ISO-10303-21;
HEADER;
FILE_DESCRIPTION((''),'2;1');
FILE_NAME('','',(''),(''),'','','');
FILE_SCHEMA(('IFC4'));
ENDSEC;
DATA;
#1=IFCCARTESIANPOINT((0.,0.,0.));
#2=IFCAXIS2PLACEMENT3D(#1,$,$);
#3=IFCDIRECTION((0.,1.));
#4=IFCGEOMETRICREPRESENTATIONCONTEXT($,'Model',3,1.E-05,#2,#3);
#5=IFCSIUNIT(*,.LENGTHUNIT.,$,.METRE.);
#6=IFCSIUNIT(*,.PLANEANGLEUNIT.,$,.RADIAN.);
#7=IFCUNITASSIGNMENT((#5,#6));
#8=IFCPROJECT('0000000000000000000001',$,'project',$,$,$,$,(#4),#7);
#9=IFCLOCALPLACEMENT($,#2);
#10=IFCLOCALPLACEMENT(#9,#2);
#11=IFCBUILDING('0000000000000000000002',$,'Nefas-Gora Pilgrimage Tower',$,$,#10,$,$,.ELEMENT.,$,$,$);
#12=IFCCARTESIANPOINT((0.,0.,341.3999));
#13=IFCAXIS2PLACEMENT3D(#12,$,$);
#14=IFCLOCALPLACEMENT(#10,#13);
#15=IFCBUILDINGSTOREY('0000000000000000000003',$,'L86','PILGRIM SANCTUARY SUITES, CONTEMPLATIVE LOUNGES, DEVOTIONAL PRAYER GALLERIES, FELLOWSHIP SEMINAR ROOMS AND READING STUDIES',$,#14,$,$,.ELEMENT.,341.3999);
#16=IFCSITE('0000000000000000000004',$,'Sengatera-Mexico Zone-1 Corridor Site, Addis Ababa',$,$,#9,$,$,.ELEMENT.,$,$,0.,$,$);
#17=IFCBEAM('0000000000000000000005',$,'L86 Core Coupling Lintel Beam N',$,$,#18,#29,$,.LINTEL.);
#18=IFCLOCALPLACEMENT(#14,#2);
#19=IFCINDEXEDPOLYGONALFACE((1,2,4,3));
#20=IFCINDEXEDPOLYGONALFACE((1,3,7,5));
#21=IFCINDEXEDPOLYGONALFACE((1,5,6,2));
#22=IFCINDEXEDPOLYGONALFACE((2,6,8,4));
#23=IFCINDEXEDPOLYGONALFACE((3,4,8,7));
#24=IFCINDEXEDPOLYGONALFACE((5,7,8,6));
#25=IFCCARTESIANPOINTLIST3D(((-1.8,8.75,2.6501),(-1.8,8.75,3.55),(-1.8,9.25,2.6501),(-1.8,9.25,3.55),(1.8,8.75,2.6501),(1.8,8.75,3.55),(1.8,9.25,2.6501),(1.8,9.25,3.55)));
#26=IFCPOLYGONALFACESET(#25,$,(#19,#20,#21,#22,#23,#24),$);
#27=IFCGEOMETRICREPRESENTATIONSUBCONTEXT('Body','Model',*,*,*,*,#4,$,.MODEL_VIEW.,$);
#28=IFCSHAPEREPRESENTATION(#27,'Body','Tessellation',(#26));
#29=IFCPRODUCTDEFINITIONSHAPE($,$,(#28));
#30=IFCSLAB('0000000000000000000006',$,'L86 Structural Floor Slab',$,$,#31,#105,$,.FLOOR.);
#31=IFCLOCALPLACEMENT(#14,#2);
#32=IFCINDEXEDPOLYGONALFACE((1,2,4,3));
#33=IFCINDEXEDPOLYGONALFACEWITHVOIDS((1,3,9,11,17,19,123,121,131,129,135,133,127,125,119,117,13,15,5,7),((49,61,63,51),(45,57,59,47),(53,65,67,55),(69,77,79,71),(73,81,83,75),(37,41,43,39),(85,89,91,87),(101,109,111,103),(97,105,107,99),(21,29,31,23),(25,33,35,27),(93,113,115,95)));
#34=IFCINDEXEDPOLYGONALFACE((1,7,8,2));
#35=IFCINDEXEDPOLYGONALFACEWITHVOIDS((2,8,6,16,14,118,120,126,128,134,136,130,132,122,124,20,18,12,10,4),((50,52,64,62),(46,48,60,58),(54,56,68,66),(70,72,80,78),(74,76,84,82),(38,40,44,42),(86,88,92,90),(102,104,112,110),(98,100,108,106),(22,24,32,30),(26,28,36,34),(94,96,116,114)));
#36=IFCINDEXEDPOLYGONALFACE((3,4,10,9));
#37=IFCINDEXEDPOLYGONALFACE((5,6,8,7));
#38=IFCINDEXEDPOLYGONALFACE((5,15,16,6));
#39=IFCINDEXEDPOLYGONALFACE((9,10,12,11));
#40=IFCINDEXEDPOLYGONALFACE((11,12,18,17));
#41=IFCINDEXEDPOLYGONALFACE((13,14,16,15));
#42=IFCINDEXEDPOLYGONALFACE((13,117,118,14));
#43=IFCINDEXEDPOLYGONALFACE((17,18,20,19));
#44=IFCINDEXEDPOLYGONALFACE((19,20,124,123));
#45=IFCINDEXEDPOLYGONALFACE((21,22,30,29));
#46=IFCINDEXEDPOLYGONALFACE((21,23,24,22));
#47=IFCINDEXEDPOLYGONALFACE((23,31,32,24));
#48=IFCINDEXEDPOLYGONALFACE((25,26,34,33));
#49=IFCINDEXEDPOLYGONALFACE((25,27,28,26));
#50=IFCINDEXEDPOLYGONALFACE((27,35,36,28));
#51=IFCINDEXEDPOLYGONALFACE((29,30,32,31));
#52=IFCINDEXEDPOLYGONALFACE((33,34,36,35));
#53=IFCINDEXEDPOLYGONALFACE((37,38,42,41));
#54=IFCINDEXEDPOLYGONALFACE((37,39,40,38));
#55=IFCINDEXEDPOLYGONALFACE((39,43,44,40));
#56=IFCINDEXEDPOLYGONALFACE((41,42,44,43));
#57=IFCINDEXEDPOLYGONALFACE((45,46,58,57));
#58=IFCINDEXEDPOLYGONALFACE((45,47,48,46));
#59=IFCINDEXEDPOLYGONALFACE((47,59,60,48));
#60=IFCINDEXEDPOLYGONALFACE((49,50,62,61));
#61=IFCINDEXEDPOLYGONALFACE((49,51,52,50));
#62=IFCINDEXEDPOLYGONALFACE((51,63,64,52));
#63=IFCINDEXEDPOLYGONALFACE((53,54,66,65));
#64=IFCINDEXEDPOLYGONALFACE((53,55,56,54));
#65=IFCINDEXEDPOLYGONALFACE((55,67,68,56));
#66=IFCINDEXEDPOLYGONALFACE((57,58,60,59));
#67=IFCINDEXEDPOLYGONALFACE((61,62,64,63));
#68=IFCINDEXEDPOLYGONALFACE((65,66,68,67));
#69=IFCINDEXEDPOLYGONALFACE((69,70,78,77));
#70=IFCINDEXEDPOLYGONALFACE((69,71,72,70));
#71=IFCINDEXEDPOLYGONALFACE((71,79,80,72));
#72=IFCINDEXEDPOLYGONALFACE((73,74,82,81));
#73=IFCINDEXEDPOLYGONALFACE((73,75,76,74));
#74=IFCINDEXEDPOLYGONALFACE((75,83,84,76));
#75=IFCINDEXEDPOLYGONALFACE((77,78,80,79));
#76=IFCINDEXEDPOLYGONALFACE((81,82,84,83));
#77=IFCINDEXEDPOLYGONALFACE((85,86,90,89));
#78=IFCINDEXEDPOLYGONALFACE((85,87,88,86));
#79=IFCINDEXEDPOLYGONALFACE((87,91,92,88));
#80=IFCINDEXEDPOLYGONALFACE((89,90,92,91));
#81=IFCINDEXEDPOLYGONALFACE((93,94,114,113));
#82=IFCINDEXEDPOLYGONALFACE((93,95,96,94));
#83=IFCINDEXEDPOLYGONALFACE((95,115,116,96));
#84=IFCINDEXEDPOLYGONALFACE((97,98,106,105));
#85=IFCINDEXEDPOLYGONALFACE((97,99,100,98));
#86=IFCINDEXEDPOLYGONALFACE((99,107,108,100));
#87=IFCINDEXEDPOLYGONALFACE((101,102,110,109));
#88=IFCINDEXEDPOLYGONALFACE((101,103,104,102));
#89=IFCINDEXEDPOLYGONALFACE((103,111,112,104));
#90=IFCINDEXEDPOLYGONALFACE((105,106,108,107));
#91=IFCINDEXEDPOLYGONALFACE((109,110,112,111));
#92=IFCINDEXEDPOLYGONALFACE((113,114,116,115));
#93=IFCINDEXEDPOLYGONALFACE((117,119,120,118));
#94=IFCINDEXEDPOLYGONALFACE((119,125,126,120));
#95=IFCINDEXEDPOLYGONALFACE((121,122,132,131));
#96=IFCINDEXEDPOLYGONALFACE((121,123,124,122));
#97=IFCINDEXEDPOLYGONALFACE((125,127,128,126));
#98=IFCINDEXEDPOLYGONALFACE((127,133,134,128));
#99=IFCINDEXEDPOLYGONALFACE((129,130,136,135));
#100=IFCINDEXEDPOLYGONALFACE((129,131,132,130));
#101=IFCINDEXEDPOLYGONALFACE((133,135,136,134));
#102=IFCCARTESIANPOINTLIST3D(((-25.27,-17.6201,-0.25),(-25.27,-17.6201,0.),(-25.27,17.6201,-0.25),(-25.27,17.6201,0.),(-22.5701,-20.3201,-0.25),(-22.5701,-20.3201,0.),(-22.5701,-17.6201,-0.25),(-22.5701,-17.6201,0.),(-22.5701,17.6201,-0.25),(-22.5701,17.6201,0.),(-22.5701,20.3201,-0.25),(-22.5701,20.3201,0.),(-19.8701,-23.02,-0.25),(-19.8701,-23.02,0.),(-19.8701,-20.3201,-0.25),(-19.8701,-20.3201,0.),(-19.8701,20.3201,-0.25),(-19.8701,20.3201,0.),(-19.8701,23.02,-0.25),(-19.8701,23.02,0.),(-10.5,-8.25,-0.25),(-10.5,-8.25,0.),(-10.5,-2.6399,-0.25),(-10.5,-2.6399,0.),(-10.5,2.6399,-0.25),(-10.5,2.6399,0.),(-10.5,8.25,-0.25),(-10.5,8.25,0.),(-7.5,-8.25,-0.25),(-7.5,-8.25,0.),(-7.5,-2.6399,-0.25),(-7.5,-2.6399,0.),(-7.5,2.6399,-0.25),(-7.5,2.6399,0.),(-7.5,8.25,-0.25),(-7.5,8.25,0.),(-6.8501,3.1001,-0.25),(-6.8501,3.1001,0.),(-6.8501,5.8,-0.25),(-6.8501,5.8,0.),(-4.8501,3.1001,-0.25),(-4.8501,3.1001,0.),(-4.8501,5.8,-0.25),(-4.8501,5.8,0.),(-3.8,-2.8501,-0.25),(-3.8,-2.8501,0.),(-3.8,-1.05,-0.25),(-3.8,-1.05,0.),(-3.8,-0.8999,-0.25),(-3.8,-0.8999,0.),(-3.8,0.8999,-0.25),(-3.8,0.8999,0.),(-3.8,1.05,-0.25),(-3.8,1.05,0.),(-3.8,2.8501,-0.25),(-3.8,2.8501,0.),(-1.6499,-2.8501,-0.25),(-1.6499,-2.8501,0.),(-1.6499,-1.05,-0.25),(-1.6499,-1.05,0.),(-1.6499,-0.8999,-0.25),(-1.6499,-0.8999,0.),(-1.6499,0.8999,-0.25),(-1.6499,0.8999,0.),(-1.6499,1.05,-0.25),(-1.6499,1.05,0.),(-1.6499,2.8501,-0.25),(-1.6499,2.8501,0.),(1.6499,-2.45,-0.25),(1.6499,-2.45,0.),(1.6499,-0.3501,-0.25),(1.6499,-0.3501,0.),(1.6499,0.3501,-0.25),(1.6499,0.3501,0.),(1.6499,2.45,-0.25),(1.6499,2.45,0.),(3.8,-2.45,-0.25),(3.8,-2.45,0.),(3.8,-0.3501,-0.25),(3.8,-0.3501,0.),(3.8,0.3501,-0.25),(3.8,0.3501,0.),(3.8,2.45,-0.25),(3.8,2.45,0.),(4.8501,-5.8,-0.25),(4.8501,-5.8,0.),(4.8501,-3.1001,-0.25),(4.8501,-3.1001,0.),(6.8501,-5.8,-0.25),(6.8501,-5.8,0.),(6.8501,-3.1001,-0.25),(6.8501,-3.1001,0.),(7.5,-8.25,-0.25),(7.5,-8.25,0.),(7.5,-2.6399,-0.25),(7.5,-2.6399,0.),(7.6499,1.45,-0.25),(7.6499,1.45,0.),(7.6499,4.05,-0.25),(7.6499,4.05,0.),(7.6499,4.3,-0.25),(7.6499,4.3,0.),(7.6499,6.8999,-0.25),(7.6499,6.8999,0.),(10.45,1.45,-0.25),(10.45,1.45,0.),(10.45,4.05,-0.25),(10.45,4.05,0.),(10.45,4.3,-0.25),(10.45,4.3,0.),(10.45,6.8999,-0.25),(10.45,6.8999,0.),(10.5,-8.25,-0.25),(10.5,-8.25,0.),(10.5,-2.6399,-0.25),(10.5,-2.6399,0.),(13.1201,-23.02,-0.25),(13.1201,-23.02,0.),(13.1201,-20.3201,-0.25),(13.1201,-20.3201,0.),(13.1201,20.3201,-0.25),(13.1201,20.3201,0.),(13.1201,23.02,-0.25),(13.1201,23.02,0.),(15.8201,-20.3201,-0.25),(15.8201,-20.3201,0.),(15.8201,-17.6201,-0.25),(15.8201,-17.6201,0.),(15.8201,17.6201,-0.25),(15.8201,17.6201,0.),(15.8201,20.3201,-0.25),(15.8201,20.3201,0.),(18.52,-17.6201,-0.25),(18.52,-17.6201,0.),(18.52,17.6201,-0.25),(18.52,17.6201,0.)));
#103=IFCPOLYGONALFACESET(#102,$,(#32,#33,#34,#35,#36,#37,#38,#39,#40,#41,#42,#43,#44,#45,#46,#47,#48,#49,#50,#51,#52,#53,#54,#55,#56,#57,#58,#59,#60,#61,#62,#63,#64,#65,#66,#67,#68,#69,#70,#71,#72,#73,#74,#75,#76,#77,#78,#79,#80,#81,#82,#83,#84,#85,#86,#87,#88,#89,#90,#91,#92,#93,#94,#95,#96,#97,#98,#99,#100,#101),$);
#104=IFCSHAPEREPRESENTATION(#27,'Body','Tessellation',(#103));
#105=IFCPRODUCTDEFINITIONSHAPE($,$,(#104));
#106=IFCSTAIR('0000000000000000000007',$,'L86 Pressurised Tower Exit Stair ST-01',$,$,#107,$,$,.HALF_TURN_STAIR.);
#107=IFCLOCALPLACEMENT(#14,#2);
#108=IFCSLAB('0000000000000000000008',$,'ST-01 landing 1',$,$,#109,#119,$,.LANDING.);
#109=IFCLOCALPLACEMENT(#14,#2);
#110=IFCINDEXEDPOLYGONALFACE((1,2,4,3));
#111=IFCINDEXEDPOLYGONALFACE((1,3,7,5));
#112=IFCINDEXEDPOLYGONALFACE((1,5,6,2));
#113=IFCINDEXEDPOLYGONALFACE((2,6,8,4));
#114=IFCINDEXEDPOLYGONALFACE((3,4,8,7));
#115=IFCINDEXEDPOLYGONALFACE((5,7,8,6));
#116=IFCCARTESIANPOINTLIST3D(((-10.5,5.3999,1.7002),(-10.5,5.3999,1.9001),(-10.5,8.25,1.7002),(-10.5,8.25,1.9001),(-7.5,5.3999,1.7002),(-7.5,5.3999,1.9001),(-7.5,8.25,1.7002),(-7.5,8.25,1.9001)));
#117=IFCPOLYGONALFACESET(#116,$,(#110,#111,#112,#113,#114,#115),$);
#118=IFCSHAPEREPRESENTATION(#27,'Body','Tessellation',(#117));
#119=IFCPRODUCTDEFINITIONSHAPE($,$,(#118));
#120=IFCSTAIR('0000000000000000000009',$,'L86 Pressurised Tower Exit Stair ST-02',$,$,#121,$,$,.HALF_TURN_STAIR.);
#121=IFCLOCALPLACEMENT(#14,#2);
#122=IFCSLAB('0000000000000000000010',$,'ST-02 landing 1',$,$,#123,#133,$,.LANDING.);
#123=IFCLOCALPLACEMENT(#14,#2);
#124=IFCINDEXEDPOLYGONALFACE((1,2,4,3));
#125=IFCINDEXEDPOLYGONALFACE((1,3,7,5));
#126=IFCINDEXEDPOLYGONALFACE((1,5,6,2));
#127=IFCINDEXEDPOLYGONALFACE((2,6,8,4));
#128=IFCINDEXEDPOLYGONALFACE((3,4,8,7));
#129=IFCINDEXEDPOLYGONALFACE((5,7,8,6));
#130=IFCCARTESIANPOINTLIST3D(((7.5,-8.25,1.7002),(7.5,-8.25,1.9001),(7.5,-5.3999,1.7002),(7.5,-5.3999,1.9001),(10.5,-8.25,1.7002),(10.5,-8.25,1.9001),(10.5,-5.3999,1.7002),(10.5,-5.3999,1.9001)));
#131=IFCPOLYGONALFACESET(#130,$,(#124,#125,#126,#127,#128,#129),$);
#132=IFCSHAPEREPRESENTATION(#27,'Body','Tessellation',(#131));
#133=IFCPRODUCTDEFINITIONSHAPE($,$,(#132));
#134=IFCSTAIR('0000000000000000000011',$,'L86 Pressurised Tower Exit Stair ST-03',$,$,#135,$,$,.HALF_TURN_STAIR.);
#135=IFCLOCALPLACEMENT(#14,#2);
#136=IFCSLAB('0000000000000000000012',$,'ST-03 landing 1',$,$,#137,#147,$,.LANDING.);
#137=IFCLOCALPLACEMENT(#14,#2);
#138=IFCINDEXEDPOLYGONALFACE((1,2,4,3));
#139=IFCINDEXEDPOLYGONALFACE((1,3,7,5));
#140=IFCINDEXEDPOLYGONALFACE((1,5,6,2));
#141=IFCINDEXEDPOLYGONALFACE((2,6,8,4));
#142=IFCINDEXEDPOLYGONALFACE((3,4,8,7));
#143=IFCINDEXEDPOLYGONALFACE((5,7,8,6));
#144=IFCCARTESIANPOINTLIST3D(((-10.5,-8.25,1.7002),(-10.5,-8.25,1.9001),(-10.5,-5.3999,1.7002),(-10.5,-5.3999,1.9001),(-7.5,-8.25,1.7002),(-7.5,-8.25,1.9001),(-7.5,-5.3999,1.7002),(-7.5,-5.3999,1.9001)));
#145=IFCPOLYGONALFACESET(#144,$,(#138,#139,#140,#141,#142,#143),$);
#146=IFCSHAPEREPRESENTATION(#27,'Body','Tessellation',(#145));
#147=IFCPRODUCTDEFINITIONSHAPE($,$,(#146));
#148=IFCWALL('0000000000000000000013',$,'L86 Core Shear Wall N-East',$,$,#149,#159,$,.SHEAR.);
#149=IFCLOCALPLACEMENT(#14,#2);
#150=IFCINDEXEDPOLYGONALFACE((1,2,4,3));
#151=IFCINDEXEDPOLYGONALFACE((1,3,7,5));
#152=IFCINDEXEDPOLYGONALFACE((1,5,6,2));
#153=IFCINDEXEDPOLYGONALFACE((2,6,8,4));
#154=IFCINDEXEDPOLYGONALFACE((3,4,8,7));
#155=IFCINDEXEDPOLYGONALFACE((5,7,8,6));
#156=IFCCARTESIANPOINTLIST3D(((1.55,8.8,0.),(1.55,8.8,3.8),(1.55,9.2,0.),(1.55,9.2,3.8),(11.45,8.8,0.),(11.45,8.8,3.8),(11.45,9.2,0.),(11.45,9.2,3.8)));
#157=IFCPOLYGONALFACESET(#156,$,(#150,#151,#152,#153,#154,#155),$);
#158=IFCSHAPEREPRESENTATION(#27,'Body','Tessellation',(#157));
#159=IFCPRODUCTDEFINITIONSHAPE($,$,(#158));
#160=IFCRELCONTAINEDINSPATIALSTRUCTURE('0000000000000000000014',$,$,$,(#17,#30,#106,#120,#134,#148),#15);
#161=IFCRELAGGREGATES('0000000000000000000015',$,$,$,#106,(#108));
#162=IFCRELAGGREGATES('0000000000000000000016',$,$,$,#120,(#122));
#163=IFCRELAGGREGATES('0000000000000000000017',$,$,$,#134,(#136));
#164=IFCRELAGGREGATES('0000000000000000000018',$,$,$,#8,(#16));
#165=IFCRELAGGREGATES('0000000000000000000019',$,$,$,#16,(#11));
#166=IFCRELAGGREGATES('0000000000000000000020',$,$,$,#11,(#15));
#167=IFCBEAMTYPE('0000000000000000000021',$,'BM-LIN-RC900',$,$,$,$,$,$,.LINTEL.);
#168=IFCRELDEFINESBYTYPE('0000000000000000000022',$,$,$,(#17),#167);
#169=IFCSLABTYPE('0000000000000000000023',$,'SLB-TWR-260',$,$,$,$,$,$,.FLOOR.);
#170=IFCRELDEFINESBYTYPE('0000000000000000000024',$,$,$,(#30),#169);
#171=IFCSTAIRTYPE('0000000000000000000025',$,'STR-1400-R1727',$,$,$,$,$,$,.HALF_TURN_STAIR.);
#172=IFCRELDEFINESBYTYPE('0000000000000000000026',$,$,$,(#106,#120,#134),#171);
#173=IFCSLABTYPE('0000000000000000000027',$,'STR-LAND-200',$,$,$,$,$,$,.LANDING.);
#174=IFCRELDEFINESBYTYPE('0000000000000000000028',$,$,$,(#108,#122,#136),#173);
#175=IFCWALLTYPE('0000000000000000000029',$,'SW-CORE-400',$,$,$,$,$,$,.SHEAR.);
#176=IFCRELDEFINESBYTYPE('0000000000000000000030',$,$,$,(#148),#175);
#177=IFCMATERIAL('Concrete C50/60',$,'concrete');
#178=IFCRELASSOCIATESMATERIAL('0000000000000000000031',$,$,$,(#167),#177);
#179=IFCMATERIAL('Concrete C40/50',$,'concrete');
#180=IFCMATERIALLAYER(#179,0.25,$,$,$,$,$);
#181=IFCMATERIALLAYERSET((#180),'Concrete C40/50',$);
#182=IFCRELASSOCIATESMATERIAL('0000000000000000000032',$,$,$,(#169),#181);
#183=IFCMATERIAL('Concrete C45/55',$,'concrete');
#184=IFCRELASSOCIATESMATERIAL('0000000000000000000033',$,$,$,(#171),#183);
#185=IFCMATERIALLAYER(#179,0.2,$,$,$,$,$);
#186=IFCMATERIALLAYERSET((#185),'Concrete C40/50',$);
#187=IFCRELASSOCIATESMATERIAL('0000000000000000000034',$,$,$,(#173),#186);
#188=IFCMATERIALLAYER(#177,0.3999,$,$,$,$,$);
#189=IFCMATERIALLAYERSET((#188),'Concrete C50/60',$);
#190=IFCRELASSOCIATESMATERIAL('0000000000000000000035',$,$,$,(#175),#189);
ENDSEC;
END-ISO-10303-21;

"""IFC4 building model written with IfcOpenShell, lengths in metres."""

from ifc_helpers import new_model, si_unit, direction, frame, frame_2d, origin, origin_2d, place, context, subcontext, project, spatial, polyline, rectangle, outline, extrude, source, transform, mapped, material, layer, layer_set, material_profile, profile_set, type_object, element, aggregate, save


model = new_model("IFC4")

# Units and contexts
model_context = context("Model", 3, precision=1e-05, world=origin(), true_north=direction((0.0, 1.0)))
body_context = subcontext(model_context, "Body", "Model", "MODEL_VIEW")
ifc_project = project(units=[si_unit("LENGTHUNIT", "METRE"), si_unit("PLANEANGLEUNIT", "RADIAN")], contexts=[model_context])

# Site, building, storey
site_placement = place(None, origin())
site = spatial("IfcSite", under=ifc_project, at=site_placement, Name="Sengatera-Mexico Zone-1 Corridor Site, Addis Ababa", CompositionType="ELEMENT", RefElevation=0.0)
building_placement = place(site_placement, origin())
building = spatial("IfcBuilding", under=site, at=building_placement, Name="Nefas-Gora Pilgrimage Tower", CompositionType="ELEMENT")
storey_placement = place(building_placement, frame((0.0, 0.0, 341.3999)))
storey = spatial("IfcBuildingStorey", under=building, at=storey_placement, Name="L86", Description="PILGRIM SANCTUARY SUITES, CONTEMPLATIVE LOUNGES, DEVOTIONAL PRAYER GALLERIES, FELLOWSHIP SEMINAR ROOMS AND READING STUDIES", CompositionType="ELEMENT", Elevation=341.3999)

# Beam
ifc_material_1 = material(Name="Concrete C50/60", Category="concrete")
ifc_material_profile = material_profile(ifc_material_1, rectangle(XDim=0.5, YDim=0.8999, at=origin_2d()), Name="RC 500x900")
ifc_profile_set = profile_set([ifc_material_profile], Name="Concrete C50/60")
beam_type = type_object("IfcBeamType", Name="BM-LIN-RC900", PredefinedType="LINTEL", material=ifc_profile_set)
shared_shape_1 = source(origin(), body_context, "Body", "SweptSolid", [
    extrude(rectangle(XDim=0.5, YDim=0.8999, at=origin_2d()), origin(), (0.0, 0.0, 1.0), 3.6001),
])
beam_placement = place(storey_placement, frame((-1.8, 9.0, 3.1001), z_axis=(1.0, 0.0, 0.0), x_axis=(0.0, 1.0, 0.0)))
element("IfcBeam", 1, at=beam_placement, inside=storey, type_object=beam_type, Name="L86 Core Coupling Lintel Beam N", PredefinedType="LINTEL", context=body_context, shape_type="MappedRepresentation", body=[
    mapped(shared_shape_1, transform((0.0, 0.0, 0.0), x_axis=(1.0, 0.0, 0.0), y_axis=(0.0, 1.0, 0.0), z_axis=(0.0, 0.0, 1.0), scale=1.0)),
])

# Slab
ifc_material_2 = material(Name="Concrete C40/50", Category="concrete")
ifc_layer_1 = layer(ifc_material_2, 0.25)
ifc_layer_set_1 = layer_set([ifc_layer_1], Name="Concrete C40/50")
slab_type_1 = type_object("IfcSlabType", Name="SLB-TWR-260", PredefinedType="FLOOR", material=ifc_layer_set_1)
slab_1_placement = place(storey_placement, frame((0.0, 0.0, -0.25)))
element("IfcSlab", 2, at=slab_1_placement, inside=storey, type_object=slab_type_1, Name="L86 Structural Floor Slab", PredefinedType="FLOOR", context=body_context, shape_type="SweptSolid", body=[
    extrude(outline(polyline([(18.52, 17.6201), (15.8201, 17.6201), (15.8201, 20.3201), (13.1201, 20.3201), (13.1201, 23.02), (-19.8701, 23.02), (-19.8701, 20.3201), (-22.5701, 20.3201), (-22.5701, 17.6201), (-25.27, 17.6201), (-25.27, -17.6201), (-22.5701, -17.6201), (-22.5701, -20.3201), (-19.8701, -20.3201), (-19.8701, -23.02), (13.1201, -23.02), (13.1201, -20.3201), (15.8201, -20.3201), (15.8201, -17.6201), (18.52, -17.6201), (18.52, 17.6201)]), holes=[polyline([(-10.5, 2.6399), (-10.5, 8.25), (-7.5, 8.25), (-7.5, 2.6399), (-10.5, 2.6399)]), polyline([(10.5, -2.6399), (10.5, -8.25), (7.5, -8.25), (7.5, -2.6399), (10.5, -2.6399)]), polyline([(-7.5, -2.6399), (-7.5, -8.25), (-10.5, -8.25), (-10.5, -2.6399), (-7.5, -2.6399)]), polyline([(-6.8501, 5.8), (-4.8501, 5.8), (-4.8501, 3.1001), (-6.8501, 3.1001), (-6.8501, 5.8)]), polyline([(4.8501, -3.1001), (6.8501, -3.1001), (6.8501, -5.8), (4.8501, -5.8), (4.8501, -3.1001)]), polyline([(7.6499, 4.05), (10.45, 4.05), (10.45, 1.45), (7.6499, 1.45), (7.6499, 4.05)]), polyline([(7.6499, 6.8999), (10.45, 6.8999), (10.45, 4.3), (7.6499, 4.3), (7.6499, 6.8999)]), polyline([(-3.8, -1.05), (-1.6499, -1.05), (-1.6499, -2.8501), (-3.8, -2.8501), (-3.8, -1.05)]), polyline([(-3.8, 0.8999), (-1.6499, 0.8999), (-1.6499, -0.8999), (-3.8, -0.8999), (-3.8, 0.8999)]), polyline([(-3.8, 2.8501), (-1.6499, 2.8501), (-1.6499, 1.05), (-3.8, 1.05), (-3.8, 2.8501)]), polyline([(1.6499, -0.3501), (3.8, -0.3501), (3.8, -2.45), (1.6499, -2.45), (1.6499, -0.3501)]), polyline([(1.6499, 2.45), (3.8, 2.45), (3.8, 0.3501), (1.6499, 0.3501), (1.6499, 2.45)])]), origin(), (0.0, 0.0, 1.0), 0.25),
])

# Stairs, slabs
ifc_material_3 = material(Name="Concrete C45/55", Category="concrete")
stair_type = type_object("IfcStairType", Name="STR-1400-R1727", PredefinedType="HALF_TURN_STAIR", material=ifc_material_3)
stair_1_placement = place(storey_placement, origin())
stair_1 = element("IfcStair", 3, at=stair_1_placement, inside=storey, type_object=stair_type, Name="L86 Pressurised Tower Exit Stair ST-01", PredefinedType="HALF_TURN_STAIR")
ifc_layer_2 = layer(ifc_material_2, 0.2)
ifc_layer_set_2 = layer_set([ifc_layer_2], Name="Concrete C40/50")
slab_type_2 = type_object("IfcSlabType", Name="STR-LAND-200", PredefinedType="LANDING", material=ifc_layer_set_2)
slab_2_placement = place(storey_placement, frame((0.0, 0.0, 1.7002)))
slab_2 = element("IfcSlab", 4, at=slab_2_placement, type_object=slab_type_2, Name="ST-01 landing 1", PredefinedType="LANDING", context=body_context, shape_type="SweptSolid", body=[
    extrude(outline(polyline([(-7.5, 5.3999), (-7.5, 8.25), (-10.5, 8.25), (-10.5, 5.3999), (-7.5, 5.3999)])), origin(), (0.0, 0.0, 1.0), 0.2),
])
aggregate(stair_1, [slab_2])
stair_2_placement = place(storey_placement, origin())
stair_2 = element("IfcStair", 5, at=stair_2_placement, inside=storey, type_object=stair_type, Name="L86 Pressurised Tower Exit Stair ST-02", PredefinedType="HALF_TURN_STAIR")
slab_3_placement = place(storey_placement, frame((0.0, 0.0, 1.7002)))
slab_3 = element("IfcSlab", 6, at=slab_3_placement, type_object=slab_type_2, Name="ST-02 landing 1", PredefinedType="LANDING", context=body_context, shape_type="SweptSolid", body=[
    extrude(outline(polyline([(7.5, -5.3999), (7.5, -8.25), (10.5, -8.25), (10.5, -5.3999), (7.5, -5.3999)])), origin(), (0.0, 0.0, 1.0), 0.2),
])
aggregate(stair_2, [slab_3])
stair_3_placement = place(storey_placement, origin())
stair_3 = element("IfcStair", 7, at=stair_3_placement, inside=storey, type_object=stair_type, Name="L86 Pressurised Tower Exit Stair ST-03", PredefinedType="HALF_TURN_STAIR")
slab_4_placement = place(storey_placement, frame((0.0, 0.0, 1.7002)))
slab_4 = element("IfcSlab", 8, at=slab_4_placement, type_object=slab_type_2, Name="ST-03 landing 1", PredefinedType="LANDING", context=body_context, shape_type="SweptSolid", body=[
    extrude(outline(polyline([(-10.5, -5.3999), (-10.5, -8.25), (-7.5, -8.25), (-7.5, -5.3999), (-10.5, -5.3999)])), origin(), (0.0, 0.0, 1.0), 0.2),
])
aggregate(stair_3, [slab_4])

# Wall
ifc_layer_3 = layer(ifc_material_1, 0.3999)
ifc_layer_set_3 = layer_set([ifc_layer_3], Name="Concrete C50/60")
wall_type_1 = type_object("IfcWallType", Name="SW-CORE-400", PredefinedType="SHEAR", material=ifc_layer_set_3)
shared_shape_2 = source(origin(), body_context, "Body", "SweptSolid", [
    extrude(rectangle(XDim=9.8999, YDim=0.3999, at=frame_2d((4.95, 0.0))), origin(), (0.0, 0.0, 1.0), 3.8),
])
wall_1_placement = place(storey_placement, frame((1.55, 9.0, 0.0), z_axis=(0.0, 0.0, 1.0), x_axis=(1.0, 0.0, 0.0)))
element("IfcWall", 9, at=wall_1_placement, inside=storey, type_object=wall_type_1, Name="L86 Core Shear Wall N-East", PredefinedType="SHEAR", context=body_context, shape_type="MappedRepresentation", body=[
    mapped(shared_shape_2, transform((0.0, 0.0, 0.0), x_axis=(1.0, 0.0, 0.0), y_axis=(0.0, 1.0, 0.0), z_axis=(0.0, 0.0, 1.0), scale=1.0)),
])

save(model, "model.ifc")
